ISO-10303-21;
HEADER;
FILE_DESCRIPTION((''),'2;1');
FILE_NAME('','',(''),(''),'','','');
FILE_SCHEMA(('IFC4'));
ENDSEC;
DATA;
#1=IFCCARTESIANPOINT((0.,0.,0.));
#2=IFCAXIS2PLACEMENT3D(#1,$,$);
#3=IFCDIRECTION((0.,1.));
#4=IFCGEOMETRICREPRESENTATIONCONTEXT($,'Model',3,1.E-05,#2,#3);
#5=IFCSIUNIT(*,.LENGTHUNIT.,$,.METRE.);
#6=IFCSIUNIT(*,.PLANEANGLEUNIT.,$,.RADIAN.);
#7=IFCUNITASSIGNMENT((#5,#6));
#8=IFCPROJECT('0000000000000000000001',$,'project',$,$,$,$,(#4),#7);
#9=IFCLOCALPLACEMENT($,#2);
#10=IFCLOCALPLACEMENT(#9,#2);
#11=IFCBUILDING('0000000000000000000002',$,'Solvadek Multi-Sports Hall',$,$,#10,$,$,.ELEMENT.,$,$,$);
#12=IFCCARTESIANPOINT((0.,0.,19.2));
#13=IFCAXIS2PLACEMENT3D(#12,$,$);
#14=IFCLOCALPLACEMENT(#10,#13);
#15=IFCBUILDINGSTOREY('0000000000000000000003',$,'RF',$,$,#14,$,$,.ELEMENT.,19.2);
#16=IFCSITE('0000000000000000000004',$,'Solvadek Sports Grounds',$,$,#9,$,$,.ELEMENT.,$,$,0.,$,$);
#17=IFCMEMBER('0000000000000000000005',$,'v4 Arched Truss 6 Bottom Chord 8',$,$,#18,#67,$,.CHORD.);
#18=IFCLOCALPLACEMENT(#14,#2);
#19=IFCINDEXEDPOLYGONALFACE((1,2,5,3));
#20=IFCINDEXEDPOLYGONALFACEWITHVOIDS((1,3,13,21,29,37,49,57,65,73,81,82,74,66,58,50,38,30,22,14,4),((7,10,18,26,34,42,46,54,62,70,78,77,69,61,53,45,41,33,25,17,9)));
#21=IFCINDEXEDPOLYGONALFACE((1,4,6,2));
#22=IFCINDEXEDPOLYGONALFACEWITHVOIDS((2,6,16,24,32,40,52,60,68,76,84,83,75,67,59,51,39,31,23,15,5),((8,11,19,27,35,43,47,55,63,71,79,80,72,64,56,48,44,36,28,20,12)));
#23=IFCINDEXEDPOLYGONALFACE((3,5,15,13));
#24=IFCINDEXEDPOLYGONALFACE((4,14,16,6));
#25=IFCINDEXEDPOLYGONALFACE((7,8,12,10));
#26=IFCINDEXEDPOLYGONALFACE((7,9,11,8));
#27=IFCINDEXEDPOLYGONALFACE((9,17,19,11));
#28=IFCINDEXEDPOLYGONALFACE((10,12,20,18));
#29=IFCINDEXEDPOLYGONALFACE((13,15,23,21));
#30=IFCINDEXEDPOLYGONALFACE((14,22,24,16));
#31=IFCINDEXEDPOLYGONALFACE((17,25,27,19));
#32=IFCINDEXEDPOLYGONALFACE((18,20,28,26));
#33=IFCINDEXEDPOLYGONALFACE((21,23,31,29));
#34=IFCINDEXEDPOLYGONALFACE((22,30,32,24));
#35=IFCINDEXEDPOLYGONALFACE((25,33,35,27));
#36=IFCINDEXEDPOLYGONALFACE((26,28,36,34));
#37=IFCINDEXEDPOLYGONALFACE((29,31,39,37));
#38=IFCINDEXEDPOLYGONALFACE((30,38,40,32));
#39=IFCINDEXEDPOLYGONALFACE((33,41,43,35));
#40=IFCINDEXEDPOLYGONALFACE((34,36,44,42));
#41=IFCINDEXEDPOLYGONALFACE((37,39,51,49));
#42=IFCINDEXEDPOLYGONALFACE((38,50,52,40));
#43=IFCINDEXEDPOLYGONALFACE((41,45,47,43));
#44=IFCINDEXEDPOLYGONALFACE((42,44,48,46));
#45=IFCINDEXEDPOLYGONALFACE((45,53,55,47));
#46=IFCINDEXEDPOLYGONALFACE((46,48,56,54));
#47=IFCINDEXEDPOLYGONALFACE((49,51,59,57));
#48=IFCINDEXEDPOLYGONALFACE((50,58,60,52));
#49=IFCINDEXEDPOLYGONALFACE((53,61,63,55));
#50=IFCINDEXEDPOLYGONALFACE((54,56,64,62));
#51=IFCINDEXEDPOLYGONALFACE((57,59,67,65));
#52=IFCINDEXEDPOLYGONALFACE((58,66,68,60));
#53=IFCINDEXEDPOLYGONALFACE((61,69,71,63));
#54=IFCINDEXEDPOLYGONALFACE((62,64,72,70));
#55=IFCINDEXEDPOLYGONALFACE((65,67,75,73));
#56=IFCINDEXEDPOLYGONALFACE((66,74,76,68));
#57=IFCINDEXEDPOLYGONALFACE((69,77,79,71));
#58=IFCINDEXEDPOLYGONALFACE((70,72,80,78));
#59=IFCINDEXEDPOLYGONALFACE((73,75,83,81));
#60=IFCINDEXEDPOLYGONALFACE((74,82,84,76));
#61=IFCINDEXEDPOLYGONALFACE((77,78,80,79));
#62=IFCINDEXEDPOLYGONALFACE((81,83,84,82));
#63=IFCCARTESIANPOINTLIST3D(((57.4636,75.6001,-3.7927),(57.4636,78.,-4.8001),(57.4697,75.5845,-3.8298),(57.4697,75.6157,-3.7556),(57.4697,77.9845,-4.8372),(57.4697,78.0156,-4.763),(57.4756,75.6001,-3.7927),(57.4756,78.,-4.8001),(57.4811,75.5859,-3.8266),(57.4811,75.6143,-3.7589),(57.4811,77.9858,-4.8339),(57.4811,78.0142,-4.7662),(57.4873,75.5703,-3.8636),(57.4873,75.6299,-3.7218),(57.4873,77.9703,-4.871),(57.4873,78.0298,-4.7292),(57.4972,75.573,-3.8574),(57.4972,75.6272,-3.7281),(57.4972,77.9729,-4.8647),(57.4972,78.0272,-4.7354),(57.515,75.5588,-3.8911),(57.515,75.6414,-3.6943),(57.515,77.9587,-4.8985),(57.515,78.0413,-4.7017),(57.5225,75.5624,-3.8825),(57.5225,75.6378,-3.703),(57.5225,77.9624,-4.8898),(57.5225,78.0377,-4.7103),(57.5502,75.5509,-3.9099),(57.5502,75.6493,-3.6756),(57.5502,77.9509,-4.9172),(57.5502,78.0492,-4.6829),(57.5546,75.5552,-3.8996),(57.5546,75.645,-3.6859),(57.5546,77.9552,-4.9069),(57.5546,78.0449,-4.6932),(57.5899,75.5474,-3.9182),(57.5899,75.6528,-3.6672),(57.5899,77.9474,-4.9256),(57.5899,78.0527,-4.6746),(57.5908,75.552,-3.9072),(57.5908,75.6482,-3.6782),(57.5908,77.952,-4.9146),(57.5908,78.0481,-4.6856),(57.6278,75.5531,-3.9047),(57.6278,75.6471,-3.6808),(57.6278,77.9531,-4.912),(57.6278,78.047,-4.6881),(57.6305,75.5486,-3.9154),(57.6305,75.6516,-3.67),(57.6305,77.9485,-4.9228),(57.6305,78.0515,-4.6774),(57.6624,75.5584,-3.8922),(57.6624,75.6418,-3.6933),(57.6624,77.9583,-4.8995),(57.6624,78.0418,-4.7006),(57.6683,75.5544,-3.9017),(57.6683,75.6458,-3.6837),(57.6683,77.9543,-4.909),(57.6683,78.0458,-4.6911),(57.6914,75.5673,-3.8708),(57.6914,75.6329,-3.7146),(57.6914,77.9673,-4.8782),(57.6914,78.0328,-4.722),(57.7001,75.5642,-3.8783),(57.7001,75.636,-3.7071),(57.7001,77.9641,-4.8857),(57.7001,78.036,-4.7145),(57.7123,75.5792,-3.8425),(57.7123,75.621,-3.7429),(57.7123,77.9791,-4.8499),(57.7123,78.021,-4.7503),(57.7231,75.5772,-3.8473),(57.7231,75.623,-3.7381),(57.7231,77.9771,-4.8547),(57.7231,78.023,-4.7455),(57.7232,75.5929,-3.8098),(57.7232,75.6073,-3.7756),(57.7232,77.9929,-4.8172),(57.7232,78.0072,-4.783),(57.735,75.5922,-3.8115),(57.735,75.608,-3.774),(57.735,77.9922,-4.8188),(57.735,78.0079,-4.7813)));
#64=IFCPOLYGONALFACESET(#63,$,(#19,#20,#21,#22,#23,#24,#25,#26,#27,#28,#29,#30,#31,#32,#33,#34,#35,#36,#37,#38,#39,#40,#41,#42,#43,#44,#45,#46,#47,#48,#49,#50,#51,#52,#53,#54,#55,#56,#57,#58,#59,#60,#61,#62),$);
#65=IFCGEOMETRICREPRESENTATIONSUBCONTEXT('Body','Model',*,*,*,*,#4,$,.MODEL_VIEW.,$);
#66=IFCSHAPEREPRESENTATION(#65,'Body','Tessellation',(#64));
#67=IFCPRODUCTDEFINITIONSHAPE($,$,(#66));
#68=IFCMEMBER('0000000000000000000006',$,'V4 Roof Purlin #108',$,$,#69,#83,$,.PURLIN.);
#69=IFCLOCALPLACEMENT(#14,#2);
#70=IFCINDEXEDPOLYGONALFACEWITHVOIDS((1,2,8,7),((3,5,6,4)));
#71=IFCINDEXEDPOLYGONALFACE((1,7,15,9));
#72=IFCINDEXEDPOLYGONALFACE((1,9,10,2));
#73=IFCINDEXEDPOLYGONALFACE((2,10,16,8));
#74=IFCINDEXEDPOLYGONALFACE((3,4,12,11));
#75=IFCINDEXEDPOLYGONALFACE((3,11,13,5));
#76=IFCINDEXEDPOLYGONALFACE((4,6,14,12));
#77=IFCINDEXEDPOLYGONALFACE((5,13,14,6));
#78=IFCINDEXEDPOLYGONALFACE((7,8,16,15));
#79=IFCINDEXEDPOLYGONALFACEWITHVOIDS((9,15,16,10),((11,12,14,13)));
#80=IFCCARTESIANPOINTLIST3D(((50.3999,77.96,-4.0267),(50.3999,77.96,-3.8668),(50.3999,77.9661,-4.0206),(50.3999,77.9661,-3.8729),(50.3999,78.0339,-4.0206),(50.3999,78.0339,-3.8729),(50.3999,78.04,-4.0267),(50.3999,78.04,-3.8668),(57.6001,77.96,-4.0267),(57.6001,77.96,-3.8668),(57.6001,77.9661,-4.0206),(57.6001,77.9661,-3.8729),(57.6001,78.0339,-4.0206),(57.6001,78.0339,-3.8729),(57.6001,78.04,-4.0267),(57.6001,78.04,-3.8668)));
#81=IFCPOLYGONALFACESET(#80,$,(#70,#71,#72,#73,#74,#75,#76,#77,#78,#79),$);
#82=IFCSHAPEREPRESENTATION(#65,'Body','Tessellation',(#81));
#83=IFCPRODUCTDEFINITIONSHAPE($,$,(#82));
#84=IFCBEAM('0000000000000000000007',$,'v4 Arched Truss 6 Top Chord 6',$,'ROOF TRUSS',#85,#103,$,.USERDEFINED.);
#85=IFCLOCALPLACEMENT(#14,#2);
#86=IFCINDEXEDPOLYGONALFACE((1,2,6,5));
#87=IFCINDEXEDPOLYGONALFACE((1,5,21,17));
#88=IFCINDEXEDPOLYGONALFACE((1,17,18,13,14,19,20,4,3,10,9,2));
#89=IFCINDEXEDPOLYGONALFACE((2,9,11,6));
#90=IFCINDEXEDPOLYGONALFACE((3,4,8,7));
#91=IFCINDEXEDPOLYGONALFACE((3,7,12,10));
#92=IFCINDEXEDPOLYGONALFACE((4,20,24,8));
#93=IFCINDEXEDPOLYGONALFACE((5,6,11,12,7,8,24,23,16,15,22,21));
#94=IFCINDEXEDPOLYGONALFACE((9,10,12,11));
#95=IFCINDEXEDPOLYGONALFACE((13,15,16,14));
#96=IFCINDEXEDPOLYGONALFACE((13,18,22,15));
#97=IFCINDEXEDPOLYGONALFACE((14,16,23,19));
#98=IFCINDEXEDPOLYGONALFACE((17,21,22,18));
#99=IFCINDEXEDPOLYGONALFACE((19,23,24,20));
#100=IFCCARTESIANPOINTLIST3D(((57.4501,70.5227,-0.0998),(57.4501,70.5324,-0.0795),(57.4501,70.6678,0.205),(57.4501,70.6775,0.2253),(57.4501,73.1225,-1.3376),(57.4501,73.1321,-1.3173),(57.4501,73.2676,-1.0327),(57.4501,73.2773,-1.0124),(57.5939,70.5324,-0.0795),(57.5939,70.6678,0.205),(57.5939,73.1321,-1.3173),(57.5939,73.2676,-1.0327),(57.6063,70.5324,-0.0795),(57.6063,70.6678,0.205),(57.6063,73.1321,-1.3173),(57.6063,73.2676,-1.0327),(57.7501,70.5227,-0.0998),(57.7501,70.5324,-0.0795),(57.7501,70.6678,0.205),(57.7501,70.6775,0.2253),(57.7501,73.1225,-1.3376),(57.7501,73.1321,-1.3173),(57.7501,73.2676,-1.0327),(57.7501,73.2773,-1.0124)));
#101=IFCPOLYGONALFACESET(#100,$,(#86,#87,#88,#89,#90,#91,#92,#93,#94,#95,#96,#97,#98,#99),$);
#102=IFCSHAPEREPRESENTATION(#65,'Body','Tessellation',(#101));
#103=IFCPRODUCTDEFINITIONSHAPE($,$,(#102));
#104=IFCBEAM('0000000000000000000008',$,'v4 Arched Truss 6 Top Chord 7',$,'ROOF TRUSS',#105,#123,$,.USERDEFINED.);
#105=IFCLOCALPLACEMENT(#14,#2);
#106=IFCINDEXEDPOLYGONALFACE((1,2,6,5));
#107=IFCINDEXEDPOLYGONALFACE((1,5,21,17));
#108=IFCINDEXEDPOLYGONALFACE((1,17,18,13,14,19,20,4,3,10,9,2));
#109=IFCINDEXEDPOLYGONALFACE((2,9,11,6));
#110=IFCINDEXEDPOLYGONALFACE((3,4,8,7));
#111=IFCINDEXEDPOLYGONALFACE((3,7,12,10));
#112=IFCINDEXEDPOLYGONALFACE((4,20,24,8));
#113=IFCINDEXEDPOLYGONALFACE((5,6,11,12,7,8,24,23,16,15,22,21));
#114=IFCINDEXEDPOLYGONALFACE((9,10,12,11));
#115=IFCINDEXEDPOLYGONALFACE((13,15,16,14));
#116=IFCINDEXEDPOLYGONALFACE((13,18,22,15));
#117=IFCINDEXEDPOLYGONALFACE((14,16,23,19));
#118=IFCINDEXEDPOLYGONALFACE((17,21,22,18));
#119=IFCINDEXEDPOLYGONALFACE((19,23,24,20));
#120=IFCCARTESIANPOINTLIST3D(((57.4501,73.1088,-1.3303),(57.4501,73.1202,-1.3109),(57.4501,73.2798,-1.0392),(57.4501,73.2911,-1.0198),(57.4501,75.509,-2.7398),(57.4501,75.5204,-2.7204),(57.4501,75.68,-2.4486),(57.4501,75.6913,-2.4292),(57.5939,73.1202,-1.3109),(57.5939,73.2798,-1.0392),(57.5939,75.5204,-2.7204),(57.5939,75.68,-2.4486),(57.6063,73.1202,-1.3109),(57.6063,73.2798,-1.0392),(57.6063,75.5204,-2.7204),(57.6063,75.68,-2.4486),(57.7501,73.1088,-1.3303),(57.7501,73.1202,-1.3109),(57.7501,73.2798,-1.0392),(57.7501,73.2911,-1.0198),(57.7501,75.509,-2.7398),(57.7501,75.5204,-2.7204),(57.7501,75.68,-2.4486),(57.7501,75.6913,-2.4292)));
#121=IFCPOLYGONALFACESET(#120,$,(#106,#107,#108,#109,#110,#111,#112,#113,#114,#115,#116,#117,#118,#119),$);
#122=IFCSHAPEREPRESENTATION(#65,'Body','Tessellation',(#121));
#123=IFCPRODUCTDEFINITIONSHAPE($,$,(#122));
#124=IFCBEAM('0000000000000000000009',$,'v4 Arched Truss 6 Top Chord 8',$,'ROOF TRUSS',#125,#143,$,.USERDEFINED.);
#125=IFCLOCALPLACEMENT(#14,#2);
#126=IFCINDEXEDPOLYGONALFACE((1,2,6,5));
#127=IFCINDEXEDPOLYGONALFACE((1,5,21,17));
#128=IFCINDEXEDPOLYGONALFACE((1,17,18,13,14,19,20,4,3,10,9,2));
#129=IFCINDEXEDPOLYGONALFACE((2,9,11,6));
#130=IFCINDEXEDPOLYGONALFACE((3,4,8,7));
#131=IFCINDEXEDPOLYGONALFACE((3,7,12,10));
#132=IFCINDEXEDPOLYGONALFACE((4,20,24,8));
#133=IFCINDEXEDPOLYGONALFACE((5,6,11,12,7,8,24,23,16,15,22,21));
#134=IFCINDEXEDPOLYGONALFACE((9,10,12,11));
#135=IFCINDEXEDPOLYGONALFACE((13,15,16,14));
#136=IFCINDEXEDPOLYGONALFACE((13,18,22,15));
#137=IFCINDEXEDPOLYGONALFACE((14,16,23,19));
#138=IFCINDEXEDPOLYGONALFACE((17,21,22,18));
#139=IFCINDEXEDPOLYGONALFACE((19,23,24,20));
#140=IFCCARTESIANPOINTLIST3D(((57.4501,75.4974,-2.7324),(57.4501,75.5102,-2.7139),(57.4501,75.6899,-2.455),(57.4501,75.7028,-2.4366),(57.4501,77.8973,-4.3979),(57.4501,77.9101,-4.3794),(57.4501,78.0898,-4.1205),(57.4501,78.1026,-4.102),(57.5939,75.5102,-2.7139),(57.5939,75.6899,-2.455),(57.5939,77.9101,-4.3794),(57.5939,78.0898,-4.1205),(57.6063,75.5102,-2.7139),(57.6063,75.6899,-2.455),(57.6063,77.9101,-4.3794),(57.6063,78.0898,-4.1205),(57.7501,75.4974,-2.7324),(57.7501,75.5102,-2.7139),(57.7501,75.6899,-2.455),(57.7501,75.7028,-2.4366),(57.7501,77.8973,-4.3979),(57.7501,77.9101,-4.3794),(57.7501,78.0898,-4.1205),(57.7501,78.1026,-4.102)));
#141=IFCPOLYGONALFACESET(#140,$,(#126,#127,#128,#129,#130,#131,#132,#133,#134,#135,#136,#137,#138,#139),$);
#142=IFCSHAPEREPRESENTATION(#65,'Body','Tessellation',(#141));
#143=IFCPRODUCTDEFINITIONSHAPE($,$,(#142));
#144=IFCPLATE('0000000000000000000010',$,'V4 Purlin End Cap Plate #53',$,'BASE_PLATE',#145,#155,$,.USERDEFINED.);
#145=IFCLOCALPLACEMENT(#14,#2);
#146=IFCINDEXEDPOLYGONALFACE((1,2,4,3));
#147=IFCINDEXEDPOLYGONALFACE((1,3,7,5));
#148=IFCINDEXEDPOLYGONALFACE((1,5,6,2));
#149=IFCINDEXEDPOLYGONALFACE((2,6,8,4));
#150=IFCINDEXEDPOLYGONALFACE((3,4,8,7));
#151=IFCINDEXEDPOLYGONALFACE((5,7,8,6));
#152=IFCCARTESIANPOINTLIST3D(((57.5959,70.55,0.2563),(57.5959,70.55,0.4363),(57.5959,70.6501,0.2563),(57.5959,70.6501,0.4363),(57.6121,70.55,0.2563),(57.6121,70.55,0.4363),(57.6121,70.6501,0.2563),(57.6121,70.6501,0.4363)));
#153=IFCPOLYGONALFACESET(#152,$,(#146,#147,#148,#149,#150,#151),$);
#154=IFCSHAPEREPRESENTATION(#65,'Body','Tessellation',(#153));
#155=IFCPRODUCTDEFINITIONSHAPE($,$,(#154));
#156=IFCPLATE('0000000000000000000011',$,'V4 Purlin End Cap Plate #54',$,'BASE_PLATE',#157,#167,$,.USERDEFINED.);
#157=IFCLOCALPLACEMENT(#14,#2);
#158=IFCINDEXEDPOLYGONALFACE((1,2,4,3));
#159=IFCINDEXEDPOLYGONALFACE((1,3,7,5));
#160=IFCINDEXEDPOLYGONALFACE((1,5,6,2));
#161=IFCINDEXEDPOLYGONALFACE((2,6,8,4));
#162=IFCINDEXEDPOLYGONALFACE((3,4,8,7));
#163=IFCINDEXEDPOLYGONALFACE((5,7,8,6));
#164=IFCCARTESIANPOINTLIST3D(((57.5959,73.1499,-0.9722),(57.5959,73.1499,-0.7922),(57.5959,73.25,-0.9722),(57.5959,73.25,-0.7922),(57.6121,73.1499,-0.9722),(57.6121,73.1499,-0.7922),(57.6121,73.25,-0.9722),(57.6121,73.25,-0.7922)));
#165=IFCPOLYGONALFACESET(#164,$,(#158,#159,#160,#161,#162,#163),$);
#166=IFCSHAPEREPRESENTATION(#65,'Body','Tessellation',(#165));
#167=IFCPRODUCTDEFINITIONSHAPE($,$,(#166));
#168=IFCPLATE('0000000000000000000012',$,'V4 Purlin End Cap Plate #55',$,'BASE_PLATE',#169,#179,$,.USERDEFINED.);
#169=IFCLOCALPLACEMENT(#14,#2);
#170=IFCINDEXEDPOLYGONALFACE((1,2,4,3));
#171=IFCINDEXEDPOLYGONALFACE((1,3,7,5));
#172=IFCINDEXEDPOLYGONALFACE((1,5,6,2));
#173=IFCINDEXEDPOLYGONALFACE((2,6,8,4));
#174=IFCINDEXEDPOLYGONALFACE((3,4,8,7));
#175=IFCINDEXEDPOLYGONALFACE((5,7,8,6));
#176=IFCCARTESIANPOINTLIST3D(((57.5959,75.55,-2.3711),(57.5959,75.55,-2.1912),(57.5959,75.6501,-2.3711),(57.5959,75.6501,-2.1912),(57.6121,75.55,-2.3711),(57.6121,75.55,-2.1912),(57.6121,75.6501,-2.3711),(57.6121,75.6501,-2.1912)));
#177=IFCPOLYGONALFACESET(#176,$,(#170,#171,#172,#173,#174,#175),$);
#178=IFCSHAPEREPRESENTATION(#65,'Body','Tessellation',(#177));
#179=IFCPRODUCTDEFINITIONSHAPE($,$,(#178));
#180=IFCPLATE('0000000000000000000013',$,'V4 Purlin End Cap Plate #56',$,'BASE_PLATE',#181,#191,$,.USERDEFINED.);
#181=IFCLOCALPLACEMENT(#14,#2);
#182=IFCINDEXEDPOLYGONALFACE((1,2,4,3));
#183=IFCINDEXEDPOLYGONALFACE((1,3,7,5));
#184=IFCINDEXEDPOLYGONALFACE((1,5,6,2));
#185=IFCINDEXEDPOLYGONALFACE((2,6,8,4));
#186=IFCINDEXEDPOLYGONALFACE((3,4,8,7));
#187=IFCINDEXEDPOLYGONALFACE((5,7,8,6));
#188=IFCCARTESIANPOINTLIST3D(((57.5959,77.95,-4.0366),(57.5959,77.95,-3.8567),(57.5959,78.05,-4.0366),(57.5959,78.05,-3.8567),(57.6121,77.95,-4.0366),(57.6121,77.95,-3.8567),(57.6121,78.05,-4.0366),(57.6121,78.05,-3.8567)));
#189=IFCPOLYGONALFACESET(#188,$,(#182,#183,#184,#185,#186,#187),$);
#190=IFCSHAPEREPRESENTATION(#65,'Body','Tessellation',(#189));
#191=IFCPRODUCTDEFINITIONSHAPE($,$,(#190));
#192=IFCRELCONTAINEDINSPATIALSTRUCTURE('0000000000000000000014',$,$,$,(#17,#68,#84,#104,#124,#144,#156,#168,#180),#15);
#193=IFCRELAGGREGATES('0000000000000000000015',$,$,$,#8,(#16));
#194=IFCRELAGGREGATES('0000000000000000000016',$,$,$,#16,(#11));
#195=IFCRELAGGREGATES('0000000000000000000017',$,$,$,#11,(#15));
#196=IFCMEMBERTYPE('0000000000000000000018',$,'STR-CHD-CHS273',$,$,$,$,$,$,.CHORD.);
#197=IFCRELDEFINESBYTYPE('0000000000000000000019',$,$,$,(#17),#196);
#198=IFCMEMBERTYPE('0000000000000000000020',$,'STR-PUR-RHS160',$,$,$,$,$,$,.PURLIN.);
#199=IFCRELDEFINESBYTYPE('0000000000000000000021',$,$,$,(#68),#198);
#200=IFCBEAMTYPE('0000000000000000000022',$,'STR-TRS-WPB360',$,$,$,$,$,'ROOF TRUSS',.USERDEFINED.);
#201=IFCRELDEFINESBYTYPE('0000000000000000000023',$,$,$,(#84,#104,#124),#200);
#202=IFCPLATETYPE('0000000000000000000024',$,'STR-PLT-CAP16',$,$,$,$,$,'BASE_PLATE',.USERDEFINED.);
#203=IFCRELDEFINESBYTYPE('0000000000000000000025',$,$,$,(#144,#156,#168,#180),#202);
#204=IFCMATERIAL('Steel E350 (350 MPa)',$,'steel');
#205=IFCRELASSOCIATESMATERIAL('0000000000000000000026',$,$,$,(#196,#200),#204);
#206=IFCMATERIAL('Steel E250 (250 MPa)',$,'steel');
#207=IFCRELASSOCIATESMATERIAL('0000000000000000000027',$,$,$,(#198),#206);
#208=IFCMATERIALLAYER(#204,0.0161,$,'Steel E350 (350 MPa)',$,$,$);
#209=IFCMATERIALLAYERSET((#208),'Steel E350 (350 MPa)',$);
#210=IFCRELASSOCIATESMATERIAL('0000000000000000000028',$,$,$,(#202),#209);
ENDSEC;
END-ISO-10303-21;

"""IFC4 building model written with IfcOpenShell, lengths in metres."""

from ifc_helpers import new_model, si_unit, direction, frame, origin, origin_2d, place, context, subcontext, project, spatial, rectangle, hollow_rectangle, hollow_circle, i_section, extrude, material, layer, layer_set, material_profile, profile_set, type_object, element, save


model = new_model("IFC4")

# Units and contexts
model_context = context("Model", 3, precision=1e-05, world=origin(), true_north=direction((0.0, 1.0)))
body_context = subcontext(model_context, "Body", "Model", "MODEL_VIEW")
ifc_project = project(units=[si_unit("LENGTHUNIT", "METRE"), si_unit("PLANEANGLEUNIT", "RADIAN")], contexts=[model_context])

# Site, building, storey
site_placement = place(None, origin())
site = spatial("IfcSite", under=ifc_project, at=site_placement, Name="Solvadek Sports Grounds", CompositionType="ELEMENT", RefElevation=0.0)
building_placement = place(site_placement, origin())
building = spatial("IfcBuilding", under=site, at=building_placement, Name="Solvadek Multi-Sports Hall", CompositionType="ELEMENT")
storey_placement = place(building_placement, frame((0.0, 0.0, 19.2)))
storey = spatial("IfcBuildingStorey", under=building, at=storey_placement, Name="RF", CompositionType="ELEMENT", Elevation=19.2)

# Shared definitions
ifc_material_1 = material(Name="Steel E350 (350 MPa)", Category="steel")

# Members
ifc_material_profile_1 = material_profile(ifc_material_1, hollow_circle(Radius=0.1365, WallThickness=0.012, at=origin_2d()), Name="CHS 273.0x12")
ifc_profile_set_1 = profile_set([ifc_material_profile_1], Name="Steel E350 (350 MPa)")
member_type_1 = type_object("IfcMemberType", Name="STR-CHD-CHS273", PredefinedType="CHORD", material=ifc_profile_set_1)
member_1_placement = place(storey_placement, frame((57.6001, 75.6001, -3.7927), z_axis=(0.0, 0.922069, -0.387025), x_axis=(-1.0, 0.0, 0.0)))
element("IfcMember", 1, at=member_1_placement, inside=storey, type_object=member_type_1, Name="v4 Arched Truss 6 Bottom Chord 8", PredefinedType="CHORD", context=body_context, shape_type="SweptSolid", body=[
    extrude(hollow_circle(Radius=0.1365, WallThickness=0.012, at=origin_2d()), origin(), (0.0, 0.0, 1.0), 2.6028),
])
ifc_material_2 = material(Name="Steel E250 (250 MPa)", Category="steel")
ifc_material_profile_2 = material_profile(ifc_material_2, hollow_rectangle(XDim=0.0801, YDim=0.1599, WallThickness=0.0061, at=origin_2d()), Name="RHS 160x80x6")
ifc_profile_set_2 = profile_set([ifc_material_profile_2], Name="Steel E250 (250 MPa)")
member_type_2 = type_object("IfcMemberType", Name="STR-PUR-RHS160", PredefinedType="PURLIN", material=ifc_profile_set_2)
member_2_placement = place(storey_placement, frame((50.3999, 78.0, -3.9468), z_axis=(1.0, 0.0, 0.0), x_axis=(0.0, 1.0, 0.0)))
element("IfcMember", 2, at=member_2_placement, inside=storey, type_object=member_type_2, Name="V4 Roof Purlin #108", PredefinedType="PURLIN", context=body_context, shape_type="SweptSolid", body=[
    extrude(hollow_rectangle(XDim=0.0801, YDim=0.1599, WallThickness=0.0061, at=origin_2d()), origin(), (0.0, 0.0, 1.0), 7.2002),
])

# Beams
ifc_material_profile_3 = material_profile(ifc_material_1, i_section(OverallWidth=0.3, OverallDepth=0.3601, WebThickness=0.0125, FlangeThickness=0.0225, at=origin_2d()), Name="WPB 360")
ifc_profile_set_3 = profile_set([ifc_material_profile_3], Name="Steel E350 (350 MPa)")
beam_type_1 = type_object("IfcBeamType", Name="STR-TRS-WPB360", ElementType="ROOF TRUSS", PredefinedType="USERDEFINED", material=ifc_profile_set_3)
beam_1_placement = place(storey_placement, frame((57.6001, 70.6001, 0.0627), z_axis=(0.0, 0.902892, -0.429868), x_axis=(-1.0, 0.0, 0.0)))
element("IfcBeam", 3, at=beam_1_placement, inside=storey, type_object=beam_type_1, Name="v4 Arched Truss 6 Top Chord 6", ObjectType="ROOF TRUSS", PredefinedType="USERDEFINED", context=body_context, shape_type="SweptSolid", body=[
    extrude(i_section(OverallWidth=0.3, OverallDepth=0.3601, WebThickness=0.0125, FlangeThickness=0.0225, at=origin_2d()), origin(), (0.0, 0.0, 1.0), 2.8794),
])
beam_2_placement = place(storey_placement, frame((57.6001, 73.2, -1.175), z_axis=(0.0, 0.862315, -0.506372), x_axis=(-1.0, 0.0, 0.0)))
element("IfcBeam", 4, at=beam_2_placement, inside=storey, type_object=beam_type_1, Name="v4 Arched Truss 6 Top Chord 7", ObjectType="ROOF TRUSS", PredefinedType="USERDEFINED", context=body_context, shape_type="SweptSolid", body=[
    extrude(i_section(OverallWidth=0.3, OverallDepth=0.3601, WebThickness=0.0125, FlangeThickness=0.0225, at=origin_2d()), origin(), (0.0, 0.0, 1.0), 2.7834),
])
beam_3_placement = place(storey_placement, frame((57.6001, 75.6001, -2.5845), z_axis=(0.0, 0.821542, -0.570148), x_axis=(-1.0, 0.0, 0.0)))
element("IfcBeam", 5, at=beam_3_placement, inside=storey, type_object=beam_type_1, Name="v4 Arched Truss 6 Top Chord 8", ObjectType="ROOF TRUSS", PredefinedType="USERDEFINED", context=body_context, shape_type="SweptSolid", body=[
    extrude(i_section(OverallWidth=0.3, OverallDepth=0.3601, WebThickness=0.0125, FlangeThickness=0.0225, at=origin_2d()), origin(), (0.0, 0.0, 1.0), 2.9211),
])

# Plates
ifc_layer_1 = layer(ifc_material_1, 0.0161, Name="Steel E350 (350 MPa)")
ifc_layer_set_1 = layer_set([ifc_layer_1], Name="Steel E350 (350 MPa)")
plate_type_1 = type_object("IfcPlateType", Name="STR-PLT-CAP16", ElementType="BASE_PLATE", PredefinedType="USERDEFINED", material=ifc_layer_set_1)
for number, where, z_axis, x_axis, name in (
    (6, (57.604, 70.6001, 0.2563), (0.0, 0.0, 1.0), (1.0, 0.0, 0.0), "V4 Purlin End Cap Plate #53"),
    (7, (57.604, 73.2, -0.9722), (0.0, 0.0, 1.0), (1.0, 0.0, 0.0), "V4 Purlin End Cap Plate #54"),
    (8, (57.604, 75.6001, -2.3711), (0.0, 0.0, 1.0), (1.0, 0.0, 0.0), "V4 Purlin End Cap Plate #55"),
    (9, (57.604, 78.0, -4.0366), (0.0, 0.0, 1.0), (1.0, 0.0, 0.0), "V4 Purlin End Cap Plate #56"),
):
    element("IfcPlate", number, at=place(storey_placement, frame(where, z_axis=z_axis, x_axis=x_axis)), inside=storey, type_object=plate_type_1, Name=name, ObjectType="BASE_PLATE", PredefinedType="USERDEFINED", context=body_context, shape_type="SweptSolid", body=[
        extrude(rectangle(XDim=0.0161, YDim=0.1001, at=origin_2d()), origin(), (0.0, 0.0, 1.0), 0.1799),
    ])

save(model, "model.ifc")
